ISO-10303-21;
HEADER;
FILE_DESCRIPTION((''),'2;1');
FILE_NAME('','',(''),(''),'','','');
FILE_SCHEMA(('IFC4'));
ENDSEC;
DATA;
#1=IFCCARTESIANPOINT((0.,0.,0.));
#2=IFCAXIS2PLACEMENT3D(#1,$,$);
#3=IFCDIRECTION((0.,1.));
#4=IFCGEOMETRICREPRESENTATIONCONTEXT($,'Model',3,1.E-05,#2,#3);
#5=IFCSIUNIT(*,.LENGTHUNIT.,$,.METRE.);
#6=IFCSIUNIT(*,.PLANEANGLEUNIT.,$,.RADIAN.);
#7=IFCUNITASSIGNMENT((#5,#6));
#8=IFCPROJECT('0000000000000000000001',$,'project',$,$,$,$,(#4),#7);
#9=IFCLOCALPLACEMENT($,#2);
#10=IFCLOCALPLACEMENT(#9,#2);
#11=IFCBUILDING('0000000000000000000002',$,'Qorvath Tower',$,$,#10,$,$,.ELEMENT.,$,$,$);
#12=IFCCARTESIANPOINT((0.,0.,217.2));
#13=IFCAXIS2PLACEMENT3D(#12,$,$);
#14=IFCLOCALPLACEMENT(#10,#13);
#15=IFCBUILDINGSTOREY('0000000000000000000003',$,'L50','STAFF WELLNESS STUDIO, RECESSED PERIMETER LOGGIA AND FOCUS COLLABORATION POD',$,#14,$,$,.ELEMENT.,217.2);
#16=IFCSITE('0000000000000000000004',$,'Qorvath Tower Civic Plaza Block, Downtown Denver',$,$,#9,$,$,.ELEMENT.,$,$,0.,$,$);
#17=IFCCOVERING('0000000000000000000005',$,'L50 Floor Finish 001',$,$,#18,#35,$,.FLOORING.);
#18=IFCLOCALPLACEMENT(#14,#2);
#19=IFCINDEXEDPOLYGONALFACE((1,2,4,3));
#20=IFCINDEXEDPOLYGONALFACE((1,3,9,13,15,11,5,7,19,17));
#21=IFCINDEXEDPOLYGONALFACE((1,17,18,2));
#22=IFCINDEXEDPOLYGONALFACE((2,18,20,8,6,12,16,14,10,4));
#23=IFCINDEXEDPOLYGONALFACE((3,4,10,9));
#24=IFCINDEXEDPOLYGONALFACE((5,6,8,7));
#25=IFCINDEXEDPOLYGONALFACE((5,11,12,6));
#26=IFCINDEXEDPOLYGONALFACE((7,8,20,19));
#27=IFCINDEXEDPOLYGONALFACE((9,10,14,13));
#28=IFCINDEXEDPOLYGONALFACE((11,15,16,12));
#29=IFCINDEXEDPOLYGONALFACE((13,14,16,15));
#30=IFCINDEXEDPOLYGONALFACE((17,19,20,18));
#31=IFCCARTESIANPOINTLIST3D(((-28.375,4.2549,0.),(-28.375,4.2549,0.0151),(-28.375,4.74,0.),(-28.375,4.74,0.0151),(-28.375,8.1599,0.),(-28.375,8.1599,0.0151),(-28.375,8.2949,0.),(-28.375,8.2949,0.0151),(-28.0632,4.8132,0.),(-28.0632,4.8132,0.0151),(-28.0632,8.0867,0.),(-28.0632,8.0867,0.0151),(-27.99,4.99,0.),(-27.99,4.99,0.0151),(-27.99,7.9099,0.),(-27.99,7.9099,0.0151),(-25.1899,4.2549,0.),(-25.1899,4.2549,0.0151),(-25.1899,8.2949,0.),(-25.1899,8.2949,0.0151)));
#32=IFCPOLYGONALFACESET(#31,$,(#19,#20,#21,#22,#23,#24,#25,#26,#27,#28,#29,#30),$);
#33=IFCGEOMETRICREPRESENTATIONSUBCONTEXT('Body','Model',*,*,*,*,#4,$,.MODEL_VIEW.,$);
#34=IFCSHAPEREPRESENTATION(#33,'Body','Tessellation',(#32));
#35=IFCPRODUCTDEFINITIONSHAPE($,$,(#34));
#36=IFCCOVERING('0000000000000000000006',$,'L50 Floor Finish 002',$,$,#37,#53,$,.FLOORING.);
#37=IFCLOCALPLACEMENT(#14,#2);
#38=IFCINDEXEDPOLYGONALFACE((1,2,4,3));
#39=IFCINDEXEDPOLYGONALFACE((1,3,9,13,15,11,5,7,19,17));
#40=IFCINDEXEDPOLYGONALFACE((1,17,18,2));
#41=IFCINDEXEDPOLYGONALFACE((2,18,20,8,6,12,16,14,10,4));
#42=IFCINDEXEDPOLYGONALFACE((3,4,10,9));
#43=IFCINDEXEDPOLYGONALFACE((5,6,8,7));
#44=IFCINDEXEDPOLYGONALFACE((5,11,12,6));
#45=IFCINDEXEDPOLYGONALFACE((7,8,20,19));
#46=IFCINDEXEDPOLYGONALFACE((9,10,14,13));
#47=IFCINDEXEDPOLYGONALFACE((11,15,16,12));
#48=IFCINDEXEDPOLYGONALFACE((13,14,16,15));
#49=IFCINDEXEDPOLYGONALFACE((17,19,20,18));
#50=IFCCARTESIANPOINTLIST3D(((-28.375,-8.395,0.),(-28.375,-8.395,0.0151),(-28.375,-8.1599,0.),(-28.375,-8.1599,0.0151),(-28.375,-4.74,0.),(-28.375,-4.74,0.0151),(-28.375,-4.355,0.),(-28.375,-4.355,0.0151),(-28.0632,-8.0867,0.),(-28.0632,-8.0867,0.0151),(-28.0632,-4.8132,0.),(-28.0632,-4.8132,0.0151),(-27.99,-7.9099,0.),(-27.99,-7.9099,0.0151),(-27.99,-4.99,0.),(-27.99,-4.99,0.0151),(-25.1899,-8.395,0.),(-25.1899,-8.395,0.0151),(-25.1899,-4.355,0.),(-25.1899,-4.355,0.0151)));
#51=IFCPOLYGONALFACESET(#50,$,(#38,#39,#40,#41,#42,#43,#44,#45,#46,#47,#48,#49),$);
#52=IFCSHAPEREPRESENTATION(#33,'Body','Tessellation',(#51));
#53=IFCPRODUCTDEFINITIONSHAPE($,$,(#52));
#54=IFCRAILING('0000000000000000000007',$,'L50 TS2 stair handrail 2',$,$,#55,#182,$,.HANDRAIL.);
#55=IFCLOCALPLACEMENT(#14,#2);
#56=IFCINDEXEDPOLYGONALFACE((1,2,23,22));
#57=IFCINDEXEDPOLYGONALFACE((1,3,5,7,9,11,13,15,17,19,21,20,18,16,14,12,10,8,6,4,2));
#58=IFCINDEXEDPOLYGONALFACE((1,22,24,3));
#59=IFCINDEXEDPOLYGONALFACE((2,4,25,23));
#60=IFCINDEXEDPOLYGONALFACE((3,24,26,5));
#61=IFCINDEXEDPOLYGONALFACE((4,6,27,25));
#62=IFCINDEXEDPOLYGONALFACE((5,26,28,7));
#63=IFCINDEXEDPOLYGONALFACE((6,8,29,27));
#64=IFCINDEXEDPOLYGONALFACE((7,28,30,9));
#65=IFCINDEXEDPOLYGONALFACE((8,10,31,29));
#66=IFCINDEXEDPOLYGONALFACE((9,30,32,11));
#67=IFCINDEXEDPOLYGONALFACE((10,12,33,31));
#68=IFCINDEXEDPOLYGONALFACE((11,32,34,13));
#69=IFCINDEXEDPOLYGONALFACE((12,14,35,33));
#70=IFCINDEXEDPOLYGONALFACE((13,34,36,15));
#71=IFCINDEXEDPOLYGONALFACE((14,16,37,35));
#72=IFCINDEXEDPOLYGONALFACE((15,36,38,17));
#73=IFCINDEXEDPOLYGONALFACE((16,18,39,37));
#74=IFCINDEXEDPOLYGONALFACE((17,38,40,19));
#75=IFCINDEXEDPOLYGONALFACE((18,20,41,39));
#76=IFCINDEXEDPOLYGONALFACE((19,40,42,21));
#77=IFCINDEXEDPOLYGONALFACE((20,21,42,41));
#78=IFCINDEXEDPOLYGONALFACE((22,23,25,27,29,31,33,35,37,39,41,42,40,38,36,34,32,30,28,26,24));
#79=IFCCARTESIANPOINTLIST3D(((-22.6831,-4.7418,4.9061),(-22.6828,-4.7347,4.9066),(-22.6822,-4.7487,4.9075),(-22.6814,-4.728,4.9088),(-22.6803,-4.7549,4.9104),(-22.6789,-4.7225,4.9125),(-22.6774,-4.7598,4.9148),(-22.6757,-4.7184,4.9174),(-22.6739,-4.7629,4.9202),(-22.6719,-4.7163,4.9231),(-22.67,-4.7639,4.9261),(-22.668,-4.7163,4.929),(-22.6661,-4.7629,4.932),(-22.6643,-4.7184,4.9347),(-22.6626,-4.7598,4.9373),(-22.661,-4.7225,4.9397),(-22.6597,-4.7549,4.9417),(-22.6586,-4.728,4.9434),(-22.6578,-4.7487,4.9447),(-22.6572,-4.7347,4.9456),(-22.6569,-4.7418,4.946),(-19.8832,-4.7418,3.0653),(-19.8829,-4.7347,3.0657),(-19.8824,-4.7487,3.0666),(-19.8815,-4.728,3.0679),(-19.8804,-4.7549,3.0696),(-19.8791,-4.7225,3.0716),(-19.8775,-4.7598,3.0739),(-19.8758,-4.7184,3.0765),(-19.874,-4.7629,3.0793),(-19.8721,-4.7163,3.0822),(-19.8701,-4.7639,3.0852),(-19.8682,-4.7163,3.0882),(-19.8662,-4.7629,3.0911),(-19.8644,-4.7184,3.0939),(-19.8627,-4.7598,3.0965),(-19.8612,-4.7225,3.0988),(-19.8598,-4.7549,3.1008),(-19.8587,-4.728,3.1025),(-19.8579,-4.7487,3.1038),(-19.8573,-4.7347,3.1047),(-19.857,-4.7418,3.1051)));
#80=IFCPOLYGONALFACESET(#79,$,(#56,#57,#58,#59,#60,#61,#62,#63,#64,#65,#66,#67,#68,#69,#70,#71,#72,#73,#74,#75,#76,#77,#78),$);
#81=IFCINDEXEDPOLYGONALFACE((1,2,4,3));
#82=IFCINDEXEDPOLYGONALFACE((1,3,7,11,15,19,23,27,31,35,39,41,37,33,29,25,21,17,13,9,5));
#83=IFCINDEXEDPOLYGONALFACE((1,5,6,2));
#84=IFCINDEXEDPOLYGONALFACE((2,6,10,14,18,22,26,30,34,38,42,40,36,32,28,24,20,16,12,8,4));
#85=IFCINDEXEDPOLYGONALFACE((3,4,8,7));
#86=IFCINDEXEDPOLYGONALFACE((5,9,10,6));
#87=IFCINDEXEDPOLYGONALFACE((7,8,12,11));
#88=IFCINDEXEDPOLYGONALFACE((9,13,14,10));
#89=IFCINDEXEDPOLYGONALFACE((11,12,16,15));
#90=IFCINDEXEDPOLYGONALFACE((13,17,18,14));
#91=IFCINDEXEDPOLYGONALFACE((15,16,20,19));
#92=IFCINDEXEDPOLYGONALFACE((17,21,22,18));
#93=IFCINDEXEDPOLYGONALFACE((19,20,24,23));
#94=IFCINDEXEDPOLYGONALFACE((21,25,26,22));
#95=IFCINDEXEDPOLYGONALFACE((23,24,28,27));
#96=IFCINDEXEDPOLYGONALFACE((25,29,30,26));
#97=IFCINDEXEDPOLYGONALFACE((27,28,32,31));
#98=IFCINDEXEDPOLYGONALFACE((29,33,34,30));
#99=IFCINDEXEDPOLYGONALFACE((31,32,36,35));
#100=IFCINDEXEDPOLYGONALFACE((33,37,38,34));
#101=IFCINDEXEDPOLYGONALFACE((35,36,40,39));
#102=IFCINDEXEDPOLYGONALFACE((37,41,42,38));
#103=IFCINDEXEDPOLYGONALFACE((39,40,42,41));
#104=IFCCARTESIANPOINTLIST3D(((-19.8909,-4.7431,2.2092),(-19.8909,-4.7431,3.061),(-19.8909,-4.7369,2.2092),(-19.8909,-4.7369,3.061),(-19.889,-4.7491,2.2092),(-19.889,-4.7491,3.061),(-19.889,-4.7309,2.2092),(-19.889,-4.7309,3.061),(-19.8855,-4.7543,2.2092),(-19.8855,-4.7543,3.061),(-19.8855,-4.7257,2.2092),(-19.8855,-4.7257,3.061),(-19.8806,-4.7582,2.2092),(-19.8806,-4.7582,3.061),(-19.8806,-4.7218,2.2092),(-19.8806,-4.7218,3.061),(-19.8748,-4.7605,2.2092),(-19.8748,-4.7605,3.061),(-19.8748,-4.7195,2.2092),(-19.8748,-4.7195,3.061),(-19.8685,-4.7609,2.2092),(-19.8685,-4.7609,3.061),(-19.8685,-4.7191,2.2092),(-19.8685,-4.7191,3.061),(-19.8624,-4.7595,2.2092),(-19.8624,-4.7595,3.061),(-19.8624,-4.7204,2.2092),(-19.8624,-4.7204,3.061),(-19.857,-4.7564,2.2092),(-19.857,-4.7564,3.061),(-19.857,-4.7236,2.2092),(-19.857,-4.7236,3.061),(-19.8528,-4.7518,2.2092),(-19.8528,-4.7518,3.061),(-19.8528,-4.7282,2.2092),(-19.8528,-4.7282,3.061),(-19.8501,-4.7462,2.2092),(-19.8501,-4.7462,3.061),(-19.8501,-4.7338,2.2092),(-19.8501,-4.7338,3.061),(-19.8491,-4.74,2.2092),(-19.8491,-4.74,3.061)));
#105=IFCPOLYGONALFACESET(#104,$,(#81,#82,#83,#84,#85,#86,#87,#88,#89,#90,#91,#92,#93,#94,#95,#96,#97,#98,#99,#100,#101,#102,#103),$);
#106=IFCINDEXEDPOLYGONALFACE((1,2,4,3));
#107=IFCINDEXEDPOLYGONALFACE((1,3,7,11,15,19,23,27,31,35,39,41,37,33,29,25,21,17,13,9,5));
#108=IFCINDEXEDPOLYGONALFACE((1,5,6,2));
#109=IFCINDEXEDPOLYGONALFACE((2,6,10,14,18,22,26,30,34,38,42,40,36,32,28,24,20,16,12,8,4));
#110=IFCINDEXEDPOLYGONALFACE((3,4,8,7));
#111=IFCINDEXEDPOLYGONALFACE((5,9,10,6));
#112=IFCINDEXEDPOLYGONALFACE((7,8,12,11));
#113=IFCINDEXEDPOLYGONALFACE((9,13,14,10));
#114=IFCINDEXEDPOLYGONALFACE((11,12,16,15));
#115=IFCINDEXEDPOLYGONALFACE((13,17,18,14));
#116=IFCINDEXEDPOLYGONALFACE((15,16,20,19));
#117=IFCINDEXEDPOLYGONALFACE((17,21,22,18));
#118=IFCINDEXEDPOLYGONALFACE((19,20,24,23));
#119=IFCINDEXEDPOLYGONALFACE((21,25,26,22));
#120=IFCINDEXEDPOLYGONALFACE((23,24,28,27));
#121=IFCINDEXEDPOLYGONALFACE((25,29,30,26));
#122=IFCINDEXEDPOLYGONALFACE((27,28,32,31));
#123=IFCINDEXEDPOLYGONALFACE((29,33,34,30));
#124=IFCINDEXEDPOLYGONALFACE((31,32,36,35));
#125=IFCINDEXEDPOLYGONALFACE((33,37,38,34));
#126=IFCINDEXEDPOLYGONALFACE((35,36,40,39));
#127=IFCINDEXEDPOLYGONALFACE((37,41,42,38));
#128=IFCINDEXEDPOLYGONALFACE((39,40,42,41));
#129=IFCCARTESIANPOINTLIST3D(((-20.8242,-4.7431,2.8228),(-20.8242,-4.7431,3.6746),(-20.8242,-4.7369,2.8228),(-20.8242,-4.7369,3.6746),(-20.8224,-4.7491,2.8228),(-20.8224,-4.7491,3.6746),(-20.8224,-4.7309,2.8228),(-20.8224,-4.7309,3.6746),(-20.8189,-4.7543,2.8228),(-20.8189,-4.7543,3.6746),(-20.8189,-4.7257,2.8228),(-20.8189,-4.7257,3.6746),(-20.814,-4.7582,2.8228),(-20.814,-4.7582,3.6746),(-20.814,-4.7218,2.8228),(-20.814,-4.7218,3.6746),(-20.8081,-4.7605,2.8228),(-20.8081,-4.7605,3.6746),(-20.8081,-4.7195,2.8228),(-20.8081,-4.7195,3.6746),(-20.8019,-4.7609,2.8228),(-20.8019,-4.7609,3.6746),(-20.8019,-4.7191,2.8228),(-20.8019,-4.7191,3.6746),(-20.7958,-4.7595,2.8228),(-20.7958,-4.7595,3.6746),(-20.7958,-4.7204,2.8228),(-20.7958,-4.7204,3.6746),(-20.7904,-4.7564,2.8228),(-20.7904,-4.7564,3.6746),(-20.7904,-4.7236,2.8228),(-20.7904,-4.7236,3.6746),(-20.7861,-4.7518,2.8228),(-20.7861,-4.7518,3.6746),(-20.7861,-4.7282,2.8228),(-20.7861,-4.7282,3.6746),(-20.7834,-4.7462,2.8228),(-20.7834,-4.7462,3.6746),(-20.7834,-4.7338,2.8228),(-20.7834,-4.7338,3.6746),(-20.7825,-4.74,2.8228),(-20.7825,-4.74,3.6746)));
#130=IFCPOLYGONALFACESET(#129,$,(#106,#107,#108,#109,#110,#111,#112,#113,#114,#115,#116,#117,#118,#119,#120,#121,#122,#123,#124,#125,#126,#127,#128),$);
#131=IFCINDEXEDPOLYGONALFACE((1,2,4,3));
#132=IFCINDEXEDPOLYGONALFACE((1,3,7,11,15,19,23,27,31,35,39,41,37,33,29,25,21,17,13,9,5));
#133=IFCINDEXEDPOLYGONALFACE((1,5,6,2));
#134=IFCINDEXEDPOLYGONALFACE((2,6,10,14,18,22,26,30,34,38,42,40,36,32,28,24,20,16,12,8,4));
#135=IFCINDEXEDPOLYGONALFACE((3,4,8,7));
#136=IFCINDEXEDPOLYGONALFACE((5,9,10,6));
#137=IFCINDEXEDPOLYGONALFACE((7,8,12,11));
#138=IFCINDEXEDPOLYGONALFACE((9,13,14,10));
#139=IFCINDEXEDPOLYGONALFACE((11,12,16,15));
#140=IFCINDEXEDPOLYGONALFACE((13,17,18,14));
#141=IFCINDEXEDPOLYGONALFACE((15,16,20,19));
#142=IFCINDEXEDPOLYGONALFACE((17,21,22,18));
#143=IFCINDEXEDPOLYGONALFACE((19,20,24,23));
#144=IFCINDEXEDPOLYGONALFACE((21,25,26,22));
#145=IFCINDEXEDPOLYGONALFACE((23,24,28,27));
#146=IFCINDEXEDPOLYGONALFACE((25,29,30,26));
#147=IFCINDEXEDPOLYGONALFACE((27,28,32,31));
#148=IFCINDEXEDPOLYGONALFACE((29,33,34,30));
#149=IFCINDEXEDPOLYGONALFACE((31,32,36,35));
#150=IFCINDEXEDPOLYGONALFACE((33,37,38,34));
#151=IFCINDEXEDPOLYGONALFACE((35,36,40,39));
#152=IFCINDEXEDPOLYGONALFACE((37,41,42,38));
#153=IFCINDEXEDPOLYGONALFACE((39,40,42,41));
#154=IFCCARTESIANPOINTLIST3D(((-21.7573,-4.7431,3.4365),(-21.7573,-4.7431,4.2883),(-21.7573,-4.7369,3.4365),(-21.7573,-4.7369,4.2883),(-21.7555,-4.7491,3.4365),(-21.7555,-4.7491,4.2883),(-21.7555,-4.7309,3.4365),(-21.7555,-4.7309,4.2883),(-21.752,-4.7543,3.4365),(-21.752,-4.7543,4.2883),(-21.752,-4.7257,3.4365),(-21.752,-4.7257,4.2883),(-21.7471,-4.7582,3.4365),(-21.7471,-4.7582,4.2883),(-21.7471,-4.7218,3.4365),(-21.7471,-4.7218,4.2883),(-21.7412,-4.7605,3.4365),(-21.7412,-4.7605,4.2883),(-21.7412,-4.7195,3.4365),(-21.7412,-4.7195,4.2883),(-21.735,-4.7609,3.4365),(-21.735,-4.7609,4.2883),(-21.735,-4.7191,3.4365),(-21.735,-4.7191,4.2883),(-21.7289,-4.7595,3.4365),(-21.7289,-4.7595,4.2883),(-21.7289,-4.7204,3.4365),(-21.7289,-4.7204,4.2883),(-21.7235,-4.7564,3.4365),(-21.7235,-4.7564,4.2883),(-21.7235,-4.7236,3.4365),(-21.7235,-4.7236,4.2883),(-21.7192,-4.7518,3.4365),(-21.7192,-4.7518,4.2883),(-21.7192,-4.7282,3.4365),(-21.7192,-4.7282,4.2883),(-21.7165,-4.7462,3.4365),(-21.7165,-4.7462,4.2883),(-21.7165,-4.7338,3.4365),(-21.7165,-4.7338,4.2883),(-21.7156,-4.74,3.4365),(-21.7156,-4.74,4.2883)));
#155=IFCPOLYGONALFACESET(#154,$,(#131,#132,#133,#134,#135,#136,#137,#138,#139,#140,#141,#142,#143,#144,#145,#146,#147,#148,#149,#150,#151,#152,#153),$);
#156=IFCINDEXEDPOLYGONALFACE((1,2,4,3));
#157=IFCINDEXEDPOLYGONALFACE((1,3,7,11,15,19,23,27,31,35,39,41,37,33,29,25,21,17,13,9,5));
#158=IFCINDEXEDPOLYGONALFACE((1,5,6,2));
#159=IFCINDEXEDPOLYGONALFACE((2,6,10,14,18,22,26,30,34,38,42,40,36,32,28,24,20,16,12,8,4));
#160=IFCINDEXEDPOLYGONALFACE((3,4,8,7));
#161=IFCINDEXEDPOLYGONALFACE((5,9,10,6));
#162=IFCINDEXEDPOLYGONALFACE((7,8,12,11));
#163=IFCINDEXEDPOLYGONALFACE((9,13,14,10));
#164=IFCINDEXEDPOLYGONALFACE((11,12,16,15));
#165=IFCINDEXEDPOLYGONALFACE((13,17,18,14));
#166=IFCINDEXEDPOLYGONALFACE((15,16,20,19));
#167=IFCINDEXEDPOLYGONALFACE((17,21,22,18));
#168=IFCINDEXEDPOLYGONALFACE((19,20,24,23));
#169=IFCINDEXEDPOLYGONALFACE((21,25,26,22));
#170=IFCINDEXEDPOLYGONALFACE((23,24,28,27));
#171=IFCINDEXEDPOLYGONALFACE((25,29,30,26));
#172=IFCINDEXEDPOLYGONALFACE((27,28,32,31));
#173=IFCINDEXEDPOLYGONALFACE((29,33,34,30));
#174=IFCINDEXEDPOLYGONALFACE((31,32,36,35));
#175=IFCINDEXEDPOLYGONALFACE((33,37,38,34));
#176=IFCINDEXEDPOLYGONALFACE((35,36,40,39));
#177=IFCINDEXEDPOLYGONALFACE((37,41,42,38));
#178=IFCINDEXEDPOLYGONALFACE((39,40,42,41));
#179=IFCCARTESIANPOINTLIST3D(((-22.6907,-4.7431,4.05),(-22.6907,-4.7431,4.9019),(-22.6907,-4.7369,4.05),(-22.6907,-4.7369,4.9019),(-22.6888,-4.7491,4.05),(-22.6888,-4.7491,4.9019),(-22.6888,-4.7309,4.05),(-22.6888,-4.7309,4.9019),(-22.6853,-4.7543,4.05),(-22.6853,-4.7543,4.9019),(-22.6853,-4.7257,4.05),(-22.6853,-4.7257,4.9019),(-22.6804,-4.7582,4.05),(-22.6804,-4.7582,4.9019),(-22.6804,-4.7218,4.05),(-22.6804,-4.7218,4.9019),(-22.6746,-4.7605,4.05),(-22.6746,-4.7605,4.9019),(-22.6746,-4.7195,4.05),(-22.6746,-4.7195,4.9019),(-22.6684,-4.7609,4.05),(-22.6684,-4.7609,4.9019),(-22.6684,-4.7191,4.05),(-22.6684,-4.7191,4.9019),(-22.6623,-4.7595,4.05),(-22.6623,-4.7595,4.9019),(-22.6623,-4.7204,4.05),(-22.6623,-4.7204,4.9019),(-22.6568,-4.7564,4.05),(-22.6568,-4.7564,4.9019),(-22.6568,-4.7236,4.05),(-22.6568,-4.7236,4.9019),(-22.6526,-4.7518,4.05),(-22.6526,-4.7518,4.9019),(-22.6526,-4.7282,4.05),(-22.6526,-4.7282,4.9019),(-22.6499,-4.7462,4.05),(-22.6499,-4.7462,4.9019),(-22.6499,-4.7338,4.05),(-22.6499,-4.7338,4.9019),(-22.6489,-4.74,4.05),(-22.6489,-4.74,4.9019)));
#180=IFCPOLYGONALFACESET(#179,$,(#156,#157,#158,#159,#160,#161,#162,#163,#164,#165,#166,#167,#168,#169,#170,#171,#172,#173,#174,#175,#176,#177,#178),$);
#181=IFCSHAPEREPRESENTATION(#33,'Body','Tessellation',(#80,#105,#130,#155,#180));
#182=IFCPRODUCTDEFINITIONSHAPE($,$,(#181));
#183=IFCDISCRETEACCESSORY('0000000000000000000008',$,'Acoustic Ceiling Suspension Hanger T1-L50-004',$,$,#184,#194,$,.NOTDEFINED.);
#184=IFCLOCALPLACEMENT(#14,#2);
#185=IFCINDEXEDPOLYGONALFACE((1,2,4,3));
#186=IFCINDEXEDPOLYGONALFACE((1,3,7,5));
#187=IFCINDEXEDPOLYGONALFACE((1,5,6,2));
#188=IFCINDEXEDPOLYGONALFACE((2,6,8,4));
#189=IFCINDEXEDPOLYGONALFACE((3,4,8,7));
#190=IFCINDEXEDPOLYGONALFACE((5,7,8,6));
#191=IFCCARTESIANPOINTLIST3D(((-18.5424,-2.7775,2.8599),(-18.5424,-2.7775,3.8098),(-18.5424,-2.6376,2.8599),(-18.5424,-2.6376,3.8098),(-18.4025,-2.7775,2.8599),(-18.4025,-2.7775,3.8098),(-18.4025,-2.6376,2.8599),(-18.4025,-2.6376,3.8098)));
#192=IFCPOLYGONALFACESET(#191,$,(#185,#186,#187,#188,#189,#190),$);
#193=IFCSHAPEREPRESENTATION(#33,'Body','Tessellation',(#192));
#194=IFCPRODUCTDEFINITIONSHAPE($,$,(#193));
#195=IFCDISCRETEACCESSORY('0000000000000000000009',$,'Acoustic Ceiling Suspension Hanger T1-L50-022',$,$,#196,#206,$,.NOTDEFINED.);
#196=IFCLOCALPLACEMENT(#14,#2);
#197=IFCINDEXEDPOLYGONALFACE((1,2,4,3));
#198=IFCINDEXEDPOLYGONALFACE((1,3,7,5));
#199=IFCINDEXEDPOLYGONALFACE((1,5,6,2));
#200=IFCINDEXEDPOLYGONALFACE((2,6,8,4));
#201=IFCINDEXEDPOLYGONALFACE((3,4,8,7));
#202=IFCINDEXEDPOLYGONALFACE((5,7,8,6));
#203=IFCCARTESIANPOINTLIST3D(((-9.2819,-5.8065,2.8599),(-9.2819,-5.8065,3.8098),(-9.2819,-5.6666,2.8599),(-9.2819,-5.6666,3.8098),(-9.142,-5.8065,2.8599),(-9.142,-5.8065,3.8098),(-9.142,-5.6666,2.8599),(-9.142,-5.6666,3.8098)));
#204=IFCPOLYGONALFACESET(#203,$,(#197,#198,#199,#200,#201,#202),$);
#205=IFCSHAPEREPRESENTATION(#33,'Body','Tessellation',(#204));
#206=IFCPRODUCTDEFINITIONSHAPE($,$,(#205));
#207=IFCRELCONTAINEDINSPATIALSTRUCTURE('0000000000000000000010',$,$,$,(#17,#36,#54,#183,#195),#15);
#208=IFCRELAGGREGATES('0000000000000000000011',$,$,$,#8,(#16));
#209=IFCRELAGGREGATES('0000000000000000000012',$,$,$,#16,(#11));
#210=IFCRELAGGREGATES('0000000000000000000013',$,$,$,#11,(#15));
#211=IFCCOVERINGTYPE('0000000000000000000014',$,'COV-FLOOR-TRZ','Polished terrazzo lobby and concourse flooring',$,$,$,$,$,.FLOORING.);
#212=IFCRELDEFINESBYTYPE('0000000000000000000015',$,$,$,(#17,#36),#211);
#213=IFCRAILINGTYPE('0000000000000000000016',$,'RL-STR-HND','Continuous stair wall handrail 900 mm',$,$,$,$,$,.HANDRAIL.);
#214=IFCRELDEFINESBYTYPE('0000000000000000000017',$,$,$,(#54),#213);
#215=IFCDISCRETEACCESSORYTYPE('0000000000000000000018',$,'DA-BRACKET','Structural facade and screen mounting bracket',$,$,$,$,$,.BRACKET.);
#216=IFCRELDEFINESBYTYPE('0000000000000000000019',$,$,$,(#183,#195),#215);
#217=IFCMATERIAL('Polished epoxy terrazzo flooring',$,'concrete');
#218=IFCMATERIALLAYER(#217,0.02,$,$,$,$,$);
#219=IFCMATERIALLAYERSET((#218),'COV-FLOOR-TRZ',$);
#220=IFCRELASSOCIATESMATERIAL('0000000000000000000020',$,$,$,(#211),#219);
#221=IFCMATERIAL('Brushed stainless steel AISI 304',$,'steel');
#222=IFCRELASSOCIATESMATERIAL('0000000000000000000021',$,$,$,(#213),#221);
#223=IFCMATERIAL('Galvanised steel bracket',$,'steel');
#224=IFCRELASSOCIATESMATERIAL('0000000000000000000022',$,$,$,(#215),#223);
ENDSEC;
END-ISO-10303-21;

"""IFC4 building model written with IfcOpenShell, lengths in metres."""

from ifc_helpers import new_model, si_unit, direction, frame, origin, origin_2d, place, context, subcontext, project, spatial, polyline, rectangle, circle, outline, extrude, material, layer, layer_set, type_object, element, save


model = new_model("IFC4")

# Units and contexts
model_context = context("Model", 3, precision=1e-05, world=origin(), true_north=direction((0.0, 1.0)))
body_context = subcontext(model_context, "Body", "Model", "MODEL_VIEW")
ifc_project = project(units=[si_unit("LENGTHUNIT", "METRE"), si_unit("PLANEANGLEUNIT", "RADIAN")], contexts=[model_context])

# Site, building, storey
site_placement = place(None, origin())
site = spatial("IfcSite", under=ifc_project, at=site_placement, Name="Qorvath Tower Civic Plaza Block, Downtown Denver", CompositionType="ELEMENT", RefElevation=0.0)
building_placement = place(site_placement, origin())
building = spatial("IfcBuilding", under=site, at=building_placement, Name="Qorvath Tower", CompositionType="ELEMENT")
storey_placement = place(building_placement, frame((0.0, 0.0, 217.2)))
storey = spatial("IfcBuildingStorey", under=building, at=storey_placement, Name="L50", Description="STAFF WELLNESS STUDIO, RECESSED PERIMETER LOGGIA AND FOCUS COLLABORATION POD", CompositionType="ELEMENT", Elevation=217.2)

# Coverings
ifc_material_1 = material(Name="Polished epoxy terrazzo flooring", Category="concrete")
ifc_layer_1 = layer(ifc_material_1, 0.02)
ifc_layer_set_1 = layer_set([ifc_layer_1], Name="COV-FLOOR-TRZ")
covering_type_1 = type_object("IfcCoveringType", Name="COV-FLOOR-TRZ", Description="Polished terrazzo lobby and concourse flooring", PredefinedType="FLOORING", material=ifc_layer_set_1)
covering_1_placement = place(storey_placement, origin())
element("IfcCovering", 1, at=covering_1_placement, inside=storey, type_object=covering_type_1, Name="L50 Floor Finish 001", PredefinedType="FLOORING", context=body_context, shape_type="SweptSolid", body=[
    extrude(outline(polyline([(-25.1899, 4.2549), (-25.1899, 8.2949), (-28.375, 8.2949), (-28.375, 8.1599), (-28.0632, 8.0867), (-27.99, 7.9099), (-27.99, 4.99), (-28.0632, 4.8132), (-28.375, 4.74), (-28.375, 4.2549), (-25.1899, 4.2549)])), origin(), (0.0, 0.0, 1.0), 0.0151),
])
covering_2_placement = place(storey_placement, origin())
element("IfcCovering", 2, at=covering_2_placement, inside=storey, type_object=covering_type_1, Name="L50 Floor Finish 002", PredefinedType="FLOORING", context=body_context, shape_type="SweptSolid", body=[
    extrude(outline(polyline([(-25.1899, -8.395), (-25.1899, -4.355), (-28.375, -4.355), (-28.375, -4.74), (-28.0632, -4.8132), (-27.99, -4.99), (-27.99, -7.9099), (-28.0632, -8.0867), (-28.375, -8.1599), (-28.375, -8.395), (-25.1899, -8.395)])), origin(), (0.0, 0.0, 1.0), 0.0151),
])

# Railing
ifc_material_2 = material(Name="Brushed stainless steel AISI 304", Category="steel")
railing_type = type_object("IfcRailingType", Name="RL-STR-HND", Description="Continuous stair wall handrail 900 mm", PredefinedType="HANDRAIL", material=ifc_material_2)
railing_placement = place(storey_placement, frame((-19.8701, -4.74, 2.2092)))
element("IfcRailing", 3, at=railing_placement, inside=storey, type_object=railing_type, Name="L50 TS2 stair handrail 2", PredefinedType="HANDRAIL", context=body_context, shape_type="SweptSolid", body=[
    extrude(circle(Radius=0.0239, at=origin_2d()), frame((0.0, 0.0, 0.876), z_axis=(-0.835576, 0.0, 0.549376), x_axis=(0.0, -1.0, 0.0)), (0.0, 0.0, 1.0), 3.3508),
    extrude(circle(Radius=0.021, at=origin_2d()), origin(), (0.0, 0.0, 1.0), 0.8518),
    extrude(circle(Radius=0.021, at=origin_2d()), frame((-0.9333, 0.0, 0.6135)), (0.0, 0.0, 1.0), 0.8518),
    extrude(circle(Radius=0.021, at=origin_2d()), frame((-1.8665, 0.0, 1.2273)), (0.0, 0.0, 1.0), 0.8518),
    extrude(circle(Radius=0.021, at=origin_2d()), frame((-2.7998, 0.0, 1.8408)), (0.0, 0.0, 1.0), 0.8518),
])

# Discrete accessories
ifc_material_3 = material(Name="Galvanised steel bracket", Category="steel")
discrete_accessory_type = type_object("IfcDiscreteAccessoryType", Name="DA-BRACKET", Description="Structural facade and screen mounting bracket", PredefinedType="BRACKET", material=ifc_material_3)
for number, where, z_axis, x_axis, name in (
    (4, (-18.4724, -2.7075, 2.8599), (0.0, 0.0, 1.0), (1.0, 0.0, 0.0), "Acoustic Ceiling Suspension Hanger T1-L50-004"),
    (5, (-9.2119, -5.7366, 2.8599), (0.0, 0.0, 1.0), (1.0, 0.0, 0.0), "Acoustic Ceiling Suspension Hanger T1-L50-022"),
):
    element("IfcDiscreteAccessory", number, at=place(storey_placement, frame(where, z_axis=z_axis, x_axis=x_axis)), inside=storey, type_object=discrete_accessory_type, Name=name, PredefinedType="NOTDEFINED", context=body_context, shape_type="SweptSolid", body=[
        extrude(rectangle(XDim=0.1399, YDim=0.1399, at=origin_2d()), origin(), (0.0, 0.0, 1.0), 0.95),
    ])

save(model, "model.ifc")
